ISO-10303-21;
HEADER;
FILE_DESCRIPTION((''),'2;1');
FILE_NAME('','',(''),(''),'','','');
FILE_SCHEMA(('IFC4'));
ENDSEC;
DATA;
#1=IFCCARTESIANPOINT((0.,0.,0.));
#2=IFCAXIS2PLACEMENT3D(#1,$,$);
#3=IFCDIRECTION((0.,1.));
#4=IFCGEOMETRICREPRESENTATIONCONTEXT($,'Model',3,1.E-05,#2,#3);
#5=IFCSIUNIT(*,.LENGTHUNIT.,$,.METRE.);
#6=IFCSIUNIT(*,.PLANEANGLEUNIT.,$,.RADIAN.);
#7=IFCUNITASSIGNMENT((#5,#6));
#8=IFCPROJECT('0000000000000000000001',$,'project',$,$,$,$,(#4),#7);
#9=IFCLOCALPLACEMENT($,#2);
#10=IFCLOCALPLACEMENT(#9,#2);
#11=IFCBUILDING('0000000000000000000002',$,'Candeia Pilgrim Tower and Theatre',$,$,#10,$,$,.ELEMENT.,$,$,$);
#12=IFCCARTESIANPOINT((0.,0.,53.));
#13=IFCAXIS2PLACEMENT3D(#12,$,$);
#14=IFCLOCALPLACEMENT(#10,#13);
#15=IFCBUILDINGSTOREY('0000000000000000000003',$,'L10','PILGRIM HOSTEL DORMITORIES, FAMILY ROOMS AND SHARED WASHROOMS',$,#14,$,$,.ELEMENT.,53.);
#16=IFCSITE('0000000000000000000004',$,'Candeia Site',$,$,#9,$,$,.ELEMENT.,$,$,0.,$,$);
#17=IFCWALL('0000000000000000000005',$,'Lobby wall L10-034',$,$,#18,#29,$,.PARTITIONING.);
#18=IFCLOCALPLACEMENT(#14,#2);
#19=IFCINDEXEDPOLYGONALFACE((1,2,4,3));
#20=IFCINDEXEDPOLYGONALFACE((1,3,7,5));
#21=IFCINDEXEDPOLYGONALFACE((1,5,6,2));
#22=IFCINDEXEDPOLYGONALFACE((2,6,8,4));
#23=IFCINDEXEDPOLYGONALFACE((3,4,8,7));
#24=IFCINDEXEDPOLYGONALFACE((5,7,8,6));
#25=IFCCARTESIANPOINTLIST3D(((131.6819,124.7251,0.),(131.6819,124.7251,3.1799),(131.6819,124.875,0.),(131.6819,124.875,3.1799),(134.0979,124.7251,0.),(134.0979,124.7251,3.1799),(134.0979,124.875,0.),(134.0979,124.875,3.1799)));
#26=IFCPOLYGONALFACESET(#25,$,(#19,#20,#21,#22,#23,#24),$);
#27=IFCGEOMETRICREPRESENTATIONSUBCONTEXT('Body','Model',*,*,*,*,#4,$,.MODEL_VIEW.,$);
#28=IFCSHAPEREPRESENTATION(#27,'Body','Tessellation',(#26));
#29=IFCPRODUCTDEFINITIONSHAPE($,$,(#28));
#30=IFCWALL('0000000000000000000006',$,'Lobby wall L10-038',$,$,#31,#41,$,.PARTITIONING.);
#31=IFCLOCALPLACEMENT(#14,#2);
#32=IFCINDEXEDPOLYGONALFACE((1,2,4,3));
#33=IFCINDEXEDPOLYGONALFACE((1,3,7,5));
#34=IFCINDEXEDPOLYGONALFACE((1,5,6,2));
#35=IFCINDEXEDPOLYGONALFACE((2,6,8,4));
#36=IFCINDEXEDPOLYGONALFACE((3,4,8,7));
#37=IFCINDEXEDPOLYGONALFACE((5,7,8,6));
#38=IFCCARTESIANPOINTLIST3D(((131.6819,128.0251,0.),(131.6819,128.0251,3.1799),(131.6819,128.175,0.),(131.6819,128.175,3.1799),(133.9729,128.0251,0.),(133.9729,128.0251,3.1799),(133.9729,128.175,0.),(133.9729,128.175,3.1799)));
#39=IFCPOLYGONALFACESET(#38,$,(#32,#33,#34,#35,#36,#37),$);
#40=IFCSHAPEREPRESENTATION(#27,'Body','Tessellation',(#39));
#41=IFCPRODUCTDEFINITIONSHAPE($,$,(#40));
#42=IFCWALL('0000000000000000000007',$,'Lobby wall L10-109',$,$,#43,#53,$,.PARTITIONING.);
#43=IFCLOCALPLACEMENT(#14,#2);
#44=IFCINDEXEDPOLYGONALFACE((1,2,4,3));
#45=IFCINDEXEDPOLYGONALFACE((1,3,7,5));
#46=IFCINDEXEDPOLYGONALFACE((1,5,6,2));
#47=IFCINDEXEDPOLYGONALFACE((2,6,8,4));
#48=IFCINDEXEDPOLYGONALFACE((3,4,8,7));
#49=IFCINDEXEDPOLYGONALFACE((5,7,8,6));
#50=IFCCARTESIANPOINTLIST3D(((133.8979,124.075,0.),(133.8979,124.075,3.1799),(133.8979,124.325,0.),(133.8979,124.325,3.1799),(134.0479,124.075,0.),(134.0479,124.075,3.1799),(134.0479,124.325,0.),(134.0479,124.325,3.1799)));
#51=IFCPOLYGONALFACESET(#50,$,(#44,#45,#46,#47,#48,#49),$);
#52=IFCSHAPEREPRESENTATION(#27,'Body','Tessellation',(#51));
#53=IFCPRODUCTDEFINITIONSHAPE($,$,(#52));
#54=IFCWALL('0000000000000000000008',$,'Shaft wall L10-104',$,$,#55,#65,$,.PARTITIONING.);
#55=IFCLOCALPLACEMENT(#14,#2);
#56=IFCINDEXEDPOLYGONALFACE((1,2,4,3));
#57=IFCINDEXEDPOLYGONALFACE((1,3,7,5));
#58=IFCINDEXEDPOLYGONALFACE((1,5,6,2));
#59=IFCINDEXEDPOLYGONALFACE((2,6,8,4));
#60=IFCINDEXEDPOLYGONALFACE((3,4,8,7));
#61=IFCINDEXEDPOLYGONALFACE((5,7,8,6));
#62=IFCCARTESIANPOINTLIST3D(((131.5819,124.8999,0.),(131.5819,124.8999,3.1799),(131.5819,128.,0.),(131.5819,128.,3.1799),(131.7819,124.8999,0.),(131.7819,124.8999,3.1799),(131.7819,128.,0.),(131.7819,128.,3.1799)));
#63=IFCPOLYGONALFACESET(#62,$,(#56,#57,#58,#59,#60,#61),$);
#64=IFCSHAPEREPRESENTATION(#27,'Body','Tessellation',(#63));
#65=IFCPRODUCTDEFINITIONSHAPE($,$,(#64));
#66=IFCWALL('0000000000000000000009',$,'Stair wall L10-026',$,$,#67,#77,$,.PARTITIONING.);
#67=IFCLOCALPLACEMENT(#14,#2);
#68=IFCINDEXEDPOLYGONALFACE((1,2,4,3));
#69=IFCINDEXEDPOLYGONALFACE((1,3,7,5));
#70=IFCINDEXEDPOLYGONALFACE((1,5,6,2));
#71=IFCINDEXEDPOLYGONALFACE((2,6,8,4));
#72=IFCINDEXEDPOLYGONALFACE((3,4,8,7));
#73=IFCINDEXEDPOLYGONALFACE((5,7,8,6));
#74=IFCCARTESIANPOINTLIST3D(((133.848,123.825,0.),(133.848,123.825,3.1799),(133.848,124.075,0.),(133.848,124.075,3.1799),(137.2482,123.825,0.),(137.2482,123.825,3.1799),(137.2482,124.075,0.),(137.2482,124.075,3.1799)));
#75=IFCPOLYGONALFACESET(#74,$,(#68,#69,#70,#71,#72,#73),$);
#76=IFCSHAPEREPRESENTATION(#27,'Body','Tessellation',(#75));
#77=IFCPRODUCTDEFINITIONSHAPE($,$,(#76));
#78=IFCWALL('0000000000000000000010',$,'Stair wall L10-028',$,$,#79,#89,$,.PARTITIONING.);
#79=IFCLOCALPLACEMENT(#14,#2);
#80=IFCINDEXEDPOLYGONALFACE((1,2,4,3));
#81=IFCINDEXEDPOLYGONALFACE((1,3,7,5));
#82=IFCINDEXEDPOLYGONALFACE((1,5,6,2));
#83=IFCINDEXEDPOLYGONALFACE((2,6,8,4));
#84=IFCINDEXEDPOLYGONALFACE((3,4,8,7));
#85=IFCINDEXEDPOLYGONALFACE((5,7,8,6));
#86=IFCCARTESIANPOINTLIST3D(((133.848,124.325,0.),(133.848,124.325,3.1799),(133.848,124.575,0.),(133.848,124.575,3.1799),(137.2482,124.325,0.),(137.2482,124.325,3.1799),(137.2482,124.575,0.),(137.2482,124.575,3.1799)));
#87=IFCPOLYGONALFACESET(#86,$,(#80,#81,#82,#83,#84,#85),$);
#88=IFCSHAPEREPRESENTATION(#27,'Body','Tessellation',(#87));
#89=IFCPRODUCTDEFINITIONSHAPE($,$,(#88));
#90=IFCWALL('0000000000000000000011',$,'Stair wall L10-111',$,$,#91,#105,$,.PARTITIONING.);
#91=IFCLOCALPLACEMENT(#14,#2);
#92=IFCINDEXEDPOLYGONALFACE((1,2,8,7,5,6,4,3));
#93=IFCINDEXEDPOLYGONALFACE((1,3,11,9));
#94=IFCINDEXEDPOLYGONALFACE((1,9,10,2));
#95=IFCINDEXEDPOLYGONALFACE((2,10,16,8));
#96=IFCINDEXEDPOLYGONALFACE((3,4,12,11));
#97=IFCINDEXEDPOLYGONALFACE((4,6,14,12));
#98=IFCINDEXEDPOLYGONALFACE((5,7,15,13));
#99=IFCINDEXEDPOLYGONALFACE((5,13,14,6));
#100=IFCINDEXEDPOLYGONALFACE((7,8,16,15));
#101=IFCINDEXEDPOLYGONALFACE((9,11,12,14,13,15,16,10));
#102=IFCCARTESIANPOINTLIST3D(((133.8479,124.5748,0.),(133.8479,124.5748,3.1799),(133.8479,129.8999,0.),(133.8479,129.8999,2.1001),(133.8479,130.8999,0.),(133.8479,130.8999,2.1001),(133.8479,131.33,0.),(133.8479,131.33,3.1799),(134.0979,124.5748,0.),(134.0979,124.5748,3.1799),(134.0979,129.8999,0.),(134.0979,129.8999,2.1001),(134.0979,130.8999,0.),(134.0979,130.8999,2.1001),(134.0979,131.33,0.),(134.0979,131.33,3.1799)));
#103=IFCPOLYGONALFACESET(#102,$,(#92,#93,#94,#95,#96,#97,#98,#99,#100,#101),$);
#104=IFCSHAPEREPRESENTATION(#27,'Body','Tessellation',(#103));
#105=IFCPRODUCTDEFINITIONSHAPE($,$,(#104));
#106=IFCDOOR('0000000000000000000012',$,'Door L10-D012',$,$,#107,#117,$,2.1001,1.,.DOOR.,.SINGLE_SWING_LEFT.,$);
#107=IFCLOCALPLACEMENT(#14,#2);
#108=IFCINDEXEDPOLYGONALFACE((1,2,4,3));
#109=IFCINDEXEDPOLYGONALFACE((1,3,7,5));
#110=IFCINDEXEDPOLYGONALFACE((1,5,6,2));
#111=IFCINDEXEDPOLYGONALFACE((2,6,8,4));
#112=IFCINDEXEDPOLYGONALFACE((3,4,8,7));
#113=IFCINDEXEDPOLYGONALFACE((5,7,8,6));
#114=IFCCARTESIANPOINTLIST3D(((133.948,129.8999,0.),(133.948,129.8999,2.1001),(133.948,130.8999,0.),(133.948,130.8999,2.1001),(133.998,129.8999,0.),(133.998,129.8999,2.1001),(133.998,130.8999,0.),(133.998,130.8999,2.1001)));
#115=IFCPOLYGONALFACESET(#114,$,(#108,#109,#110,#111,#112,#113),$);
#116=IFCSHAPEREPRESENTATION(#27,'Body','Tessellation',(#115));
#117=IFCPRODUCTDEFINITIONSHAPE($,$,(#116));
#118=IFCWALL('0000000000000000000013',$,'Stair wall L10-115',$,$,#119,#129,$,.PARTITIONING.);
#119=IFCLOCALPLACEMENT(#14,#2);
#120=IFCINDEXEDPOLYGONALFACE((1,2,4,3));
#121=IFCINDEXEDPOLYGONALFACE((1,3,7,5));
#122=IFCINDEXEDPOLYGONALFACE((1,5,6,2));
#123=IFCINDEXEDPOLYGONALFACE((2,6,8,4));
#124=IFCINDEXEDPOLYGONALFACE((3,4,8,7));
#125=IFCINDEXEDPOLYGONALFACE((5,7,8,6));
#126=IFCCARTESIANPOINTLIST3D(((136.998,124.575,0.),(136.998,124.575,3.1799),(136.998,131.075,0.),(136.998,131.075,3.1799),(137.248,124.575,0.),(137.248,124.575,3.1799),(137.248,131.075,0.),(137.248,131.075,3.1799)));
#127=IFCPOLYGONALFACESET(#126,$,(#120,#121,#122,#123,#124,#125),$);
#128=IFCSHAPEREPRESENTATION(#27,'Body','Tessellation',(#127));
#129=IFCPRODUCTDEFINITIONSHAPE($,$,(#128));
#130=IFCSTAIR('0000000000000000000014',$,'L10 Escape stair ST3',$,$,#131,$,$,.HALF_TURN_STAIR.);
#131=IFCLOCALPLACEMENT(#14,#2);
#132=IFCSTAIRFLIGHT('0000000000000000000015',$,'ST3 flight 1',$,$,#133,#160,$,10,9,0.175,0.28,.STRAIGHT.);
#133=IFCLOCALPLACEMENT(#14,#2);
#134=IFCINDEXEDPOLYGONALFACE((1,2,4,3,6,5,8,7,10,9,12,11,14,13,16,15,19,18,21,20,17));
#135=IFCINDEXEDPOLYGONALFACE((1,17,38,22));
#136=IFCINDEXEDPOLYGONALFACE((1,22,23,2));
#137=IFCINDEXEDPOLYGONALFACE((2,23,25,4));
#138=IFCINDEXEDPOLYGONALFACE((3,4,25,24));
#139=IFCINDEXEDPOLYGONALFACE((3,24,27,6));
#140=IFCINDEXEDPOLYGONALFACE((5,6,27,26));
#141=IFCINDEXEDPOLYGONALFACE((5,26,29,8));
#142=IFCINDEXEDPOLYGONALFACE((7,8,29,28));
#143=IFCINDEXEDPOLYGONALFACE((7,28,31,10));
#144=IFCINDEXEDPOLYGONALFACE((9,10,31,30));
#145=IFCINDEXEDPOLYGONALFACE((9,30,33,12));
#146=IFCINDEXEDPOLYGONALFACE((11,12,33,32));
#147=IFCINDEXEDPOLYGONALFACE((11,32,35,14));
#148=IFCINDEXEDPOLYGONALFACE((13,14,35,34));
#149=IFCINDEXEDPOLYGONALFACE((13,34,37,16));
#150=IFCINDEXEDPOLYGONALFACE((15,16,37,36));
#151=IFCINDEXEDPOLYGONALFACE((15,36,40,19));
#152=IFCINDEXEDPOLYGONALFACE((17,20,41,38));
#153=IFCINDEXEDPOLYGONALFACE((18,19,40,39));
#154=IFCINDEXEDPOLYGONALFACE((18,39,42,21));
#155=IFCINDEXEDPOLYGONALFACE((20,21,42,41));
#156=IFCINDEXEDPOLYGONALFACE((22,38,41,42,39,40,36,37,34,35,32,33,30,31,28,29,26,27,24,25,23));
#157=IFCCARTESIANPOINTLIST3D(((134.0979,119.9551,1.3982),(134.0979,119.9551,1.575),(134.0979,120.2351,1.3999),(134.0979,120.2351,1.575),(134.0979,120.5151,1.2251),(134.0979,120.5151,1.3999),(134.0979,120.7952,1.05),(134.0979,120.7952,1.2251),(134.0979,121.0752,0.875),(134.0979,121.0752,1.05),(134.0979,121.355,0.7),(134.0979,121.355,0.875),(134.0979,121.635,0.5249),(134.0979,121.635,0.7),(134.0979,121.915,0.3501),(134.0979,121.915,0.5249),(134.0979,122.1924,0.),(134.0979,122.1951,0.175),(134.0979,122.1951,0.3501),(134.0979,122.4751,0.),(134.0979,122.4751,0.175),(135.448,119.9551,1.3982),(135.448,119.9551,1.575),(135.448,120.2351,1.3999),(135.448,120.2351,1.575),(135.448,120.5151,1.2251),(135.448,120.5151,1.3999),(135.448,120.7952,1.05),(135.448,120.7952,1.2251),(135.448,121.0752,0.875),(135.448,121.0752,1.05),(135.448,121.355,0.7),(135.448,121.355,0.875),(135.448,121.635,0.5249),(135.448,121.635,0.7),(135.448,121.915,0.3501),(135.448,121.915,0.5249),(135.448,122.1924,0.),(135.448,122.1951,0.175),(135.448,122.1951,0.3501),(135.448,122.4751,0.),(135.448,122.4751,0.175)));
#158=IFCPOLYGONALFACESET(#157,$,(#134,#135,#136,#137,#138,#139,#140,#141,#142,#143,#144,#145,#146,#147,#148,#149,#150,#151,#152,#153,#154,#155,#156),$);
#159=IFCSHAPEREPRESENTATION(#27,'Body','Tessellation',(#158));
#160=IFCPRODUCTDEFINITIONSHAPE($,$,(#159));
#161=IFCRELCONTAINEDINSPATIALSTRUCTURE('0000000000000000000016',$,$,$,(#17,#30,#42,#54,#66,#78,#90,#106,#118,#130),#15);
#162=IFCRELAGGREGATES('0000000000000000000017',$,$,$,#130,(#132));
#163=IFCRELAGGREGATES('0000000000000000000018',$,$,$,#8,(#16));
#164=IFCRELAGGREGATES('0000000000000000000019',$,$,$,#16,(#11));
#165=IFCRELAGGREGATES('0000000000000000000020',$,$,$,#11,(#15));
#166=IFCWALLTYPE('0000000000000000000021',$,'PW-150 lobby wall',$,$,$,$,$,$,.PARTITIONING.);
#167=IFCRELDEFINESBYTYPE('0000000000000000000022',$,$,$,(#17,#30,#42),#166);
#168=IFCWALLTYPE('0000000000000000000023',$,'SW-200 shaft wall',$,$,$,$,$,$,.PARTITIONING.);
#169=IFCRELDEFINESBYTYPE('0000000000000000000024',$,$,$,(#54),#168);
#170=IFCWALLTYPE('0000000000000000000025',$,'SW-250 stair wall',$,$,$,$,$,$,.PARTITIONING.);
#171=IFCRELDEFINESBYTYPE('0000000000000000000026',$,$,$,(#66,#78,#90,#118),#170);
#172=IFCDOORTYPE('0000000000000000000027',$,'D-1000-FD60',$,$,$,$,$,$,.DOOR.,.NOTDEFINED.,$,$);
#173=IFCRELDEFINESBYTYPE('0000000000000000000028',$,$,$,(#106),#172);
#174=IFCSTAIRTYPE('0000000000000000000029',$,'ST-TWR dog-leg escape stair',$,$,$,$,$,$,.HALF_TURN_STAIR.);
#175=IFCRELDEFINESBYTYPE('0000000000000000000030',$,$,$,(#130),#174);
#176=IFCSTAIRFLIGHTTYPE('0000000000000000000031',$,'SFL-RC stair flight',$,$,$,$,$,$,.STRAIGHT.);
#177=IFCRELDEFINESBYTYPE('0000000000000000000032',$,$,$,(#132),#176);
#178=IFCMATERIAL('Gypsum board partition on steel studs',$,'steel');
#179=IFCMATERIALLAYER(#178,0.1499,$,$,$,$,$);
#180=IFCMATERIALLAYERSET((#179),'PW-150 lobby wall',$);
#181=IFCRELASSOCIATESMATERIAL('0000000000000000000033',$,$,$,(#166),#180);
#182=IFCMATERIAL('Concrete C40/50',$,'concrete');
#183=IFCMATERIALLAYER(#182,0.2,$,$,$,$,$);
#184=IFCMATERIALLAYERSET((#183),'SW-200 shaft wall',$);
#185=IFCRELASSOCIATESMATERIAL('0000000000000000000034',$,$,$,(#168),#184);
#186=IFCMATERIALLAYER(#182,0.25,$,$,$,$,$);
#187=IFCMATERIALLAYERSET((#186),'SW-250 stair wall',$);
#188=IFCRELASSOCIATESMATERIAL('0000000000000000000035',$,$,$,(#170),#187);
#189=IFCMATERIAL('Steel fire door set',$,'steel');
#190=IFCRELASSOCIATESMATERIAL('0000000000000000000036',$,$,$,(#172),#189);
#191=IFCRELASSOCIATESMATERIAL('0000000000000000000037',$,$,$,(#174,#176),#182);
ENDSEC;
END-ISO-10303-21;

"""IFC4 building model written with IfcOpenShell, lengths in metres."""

from ifc_helpers import new_model, si_unit, direction, frame, frame_2d, origin, place, context, subcontext, project, spatial, polyline, rectangle, outline, extrude, material, layer, layer_set, type_object, element, fill, aggregate, save


model = new_model("IFC4")

# Units and contexts
model_context = context("Model", 3, precision=1e-05, world=origin(), true_north=direction((0.0, 1.0)))
body_context = subcontext(model_context, "Body", "Model", "MODEL_VIEW")
ifc_project = project(units=[si_unit("LENGTHUNIT", "METRE"), si_unit("PLANEANGLEUNIT", "RADIAN")], contexts=[model_context])

# Site, building, storey
site_placement = place(None, origin())
site = spatial("IfcSite", under=ifc_project, at=site_placement, Name="Candeia Site", CompositionType="ELEMENT", RefElevation=0.0)
building_placement = place(site_placement, origin())
building = spatial("IfcBuilding", under=site, at=building_placement, Name="Candeia Pilgrim Tower and Theatre", CompositionType="ELEMENT")
storey_placement = place(building_placement, frame((0.0, 0.0, 53.0)))
storey = spatial("IfcBuildingStorey", under=building, at=storey_placement, Name="L10", Description="PILGRIM HOSTEL DORMITORIES, FAMILY ROOMS AND SHARED WASHROOMS", CompositionType="ELEMENT", Elevation=53.0)

# Walls
ifc_material_1 = material(Name="Gypsum board partition on steel studs", Category="steel")
ifc_layer_1 = layer(ifc_material_1, 0.1499)
ifc_layer_set_1 = layer_set([ifc_layer_1], Name="PW-150 lobby wall")
wall_type_1 = type_object("IfcWallType", Name="PW-150 lobby wall", PredefinedType="PARTITIONING", material=ifc_layer_set_1)
wall_1_placement = place(storey_placement, frame((131.6819, 124.8, 0.0), z_axis=(0.0, 0.0, 1.0), x_axis=(1.0, 0.0, 0.0)))
element("IfcWall", 1, at=wall_1_placement, inside=storey, type_object=wall_type_1, Name="Lobby wall L10-034", PredefinedType="PARTITIONING", context=body_context, shape_type="SweptSolid", body=[
    extrude(rectangle(XDim=2.416, YDim=0.1499, at=frame_2d((1.208, 0.0))), origin(), (0.0, 0.0, 1.0), 3.1799),
])
wall_2_placement = place(storey_placement, frame((131.6819, 128.1001, 0.0), z_axis=(0.0, 0.0, 1.0), x_axis=(1.0, 0.0, 0.0)))
element("IfcWall", 2, at=wall_2_placement, inside=storey, type_object=wall_type_1, Name="Lobby wall L10-038", PredefinedType="PARTITIONING", context=body_context, shape_type="SweptSolid", body=[
    extrude(rectangle(XDim=2.291, YDim=0.1499, at=frame_2d((1.1455, 0.0))), origin(), (0.0, 0.0, 1.0), 3.1799),
])
wall_3_placement = place(storey_placement, frame((133.9729, 124.075, 0.0), z_axis=(0.0, 0.0, 1.0), x_axis=(0.0, 1.0, 0.0)))
element("IfcWall", 3, at=wall_3_placement, inside=storey, type_object=wall_type_1, Name="Lobby wall L10-109", PredefinedType="PARTITIONING", context=body_context, shape_type="SweptSolid", body=[
    extrude(rectangle(XDim=0.25, YDim=0.1499, at=frame_2d((0.125, 0.0))), origin(), (0.0, 0.0, 1.0), 3.1799),
])
ifc_material_2 = material(Name="Concrete C40/50", Category="concrete")
ifc_layer_2 = layer(ifc_material_2, 0.2)
ifc_layer_set_2 = layer_set([ifc_layer_2], Name="SW-200 shaft wall")
wall_type_2 = type_object("IfcWallType", Name="SW-200 shaft wall", PredefinedType="PARTITIONING", material=ifc_layer_set_2)
wall_4_placement = place(storey_placement, frame((131.6819, 124.8999, 0.0), z_axis=(0.0, 0.0, 1.0), x_axis=(0.0, 1.0, 0.0)))
element("IfcWall", 4, at=wall_4_placement, inside=storey, type_object=wall_type_2, Name="Shaft wall L10-104", PredefinedType="PARTITIONING", context=body_context, shape_type="SweptSolid", body=[
    extrude(rectangle(XDim=3.1001, YDim=0.2, at=frame_2d((1.55, 0.0))), origin(), (0.0, 0.0, 1.0), 3.1799),
])
ifc_layer_3 = layer(ifc_material_2, 0.25)
ifc_layer_set_3 = layer_set([ifc_layer_3], Name="SW-250 stair wall")
wall_type_3 = type_object("IfcWallType", Name="SW-250 stair wall", PredefinedType="PARTITIONING", material=ifc_layer_set_3)
for number, where, z_axis, x_axis, name in (
    (5, (133.8479, 123.95, 0.0), (0.0, 0.0, 1.0), (1.0, 0.0, 0.0), "Stair wall L10-026"),
    (6, (133.8479, 124.45, 0.0), (0.0, 0.0, 1.0), (1.0, 0.0, 0.0), "Stair wall L10-028"),
):
    element("IfcWall", number, at=place(storey_placement, frame(where, z_axis=z_axis, x_axis=x_axis)), inside=storey, type_object=wall_type_3, Name=name, PredefinedType="PARTITIONING", context=body_context, shape_type="SweptSolid", body=[
        extrude(rectangle(XDim=3.4001, YDim=0.25, at=frame_2d((1.7002, 0.0))), origin(), (0.0, 0.0, 1.0), 3.1799),
    ])

# Wall, opening, door
wall_5_placement = place(storey_placement, frame((133.9729, 124.575, 0.0), z_axis=(0.0, 0.0, 1.0), x_axis=(0.0, 1.0, 0.0)))
wall_5 = element("IfcWall", 7, at=wall_5_placement, inside=storey, type_object=wall_type_3, Name="Stair wall L10-111", PredefinedType="PARTITIONING", context=body_context, shape_type="SweptSolid", body=[
    extrude(rectangle(XDim=6.7551, YDim=0.25, at=frame_2d((3.3774, 0.0))), origin(), (0.0, 0.0, 1.0), 3.1799),
])
opening_placement = place(wall_5_placement, frame((5.325, 0.0, 0.0)))
opening = element("IfcOpeningElement", 8, at=opening_placement, cuts=wall_5, PredefinedType="OPENING", context=body_context, shape_type="SweptSolid", body=[
    extrude(rectangle(XDim=1.0, YDim=2.1001, at=frame_2d((0.5, 1.05))), frame((0.0, 0.135, 0.0), z_axis=(0.0, -1.0, 0.0), x_axis=(1.0, 0.0, 0.0)), (0.0, 0.0, 1.0), 0.27),
])
ifc_material_3 = material(Name="Steel fire door set", Category="steel")
door_type = type_object("IfcDoorType", Name="D-1000-FD60", OperationType="NOTDEFINED", PredefinedType="DOOR", material=ifc_material_3)
door_placement = place(opening_placement, origin())
door = element("IfcDoor", 9, at=door_placement, inside=storey, type_object=door_type, Name="Door L10-D012", OperationType="SINGLE_SWING_LEFT", OverallHeight=2.1001, OverallWidth=1.0, PredefinedType="DOOR", context=body_context, shape_type="SweptSolid", body=[
    extrude(rectangle(XDim=1.0, YDim=2.1001, at=frame_2d((0.5, 1.05))), frame((0.0, 0.0249, 0.0), z_axis=(0.0, -1.0, 0.0), x_axis=(1.0, 0.0, 0.0)), (0.0, 0.0, 1.0), 0.05),
])
fill(opening, door)

# Wall
wall_6_placement = place(storey_placement, frame((137.123, 124.575, 0.0), z_axis=(0.0, 0.0, 1.0), x_axis=(0.0, 1.0, 0.0)))
element("IfcWall", 10, at=wall_6_placement, inside=storey, type_object=wall_type_3, Name="Stair wall L10-115", PredefinedType="PARTITIONING", context=body_context, shape_type="SweptSolid", body=[
    extrude(rectangle(XDim=6.5, YDim=0.25, at=frame_2d((3.25, 0.0))), origin(), (0.0, 0.0, 1.0), 3.1799),
])

# Stair, stair flight
stair_type = type_object("IfcStairType", Name="ST-TWR dog-leg escape stair", PredefinedType="HALF_TURN_STAIR", material=ifc_material_2)
stair_1_placement = place(storey_placement, origin())
stair_1 = element("IfcStair", 11, at=stair_1_placement, inside=storey, type_object=stair_type, Name="L10 Escape stair ST3", PredefinedType="HALF_TURN_STAIR")
stair_flight_type = type_object("IfcStairFlightType", Name="SFL-RC stair flight", PredefinedType="STRAIGHT", material=ifc_material_2)
stair_flight_1_placement = place(storey_placement, frame((134.7729, 122.4751, 0.0), z_axis=(0.0, 0.0, 1.0), x_axis=(0.0, -1.0, 0.0)))
stair_flight_1 = element("IfcStairFlight", 12, at=stair_flight_1_placement, type_object=stair_flight_type, Name="ST3 flight 1", NumberOfRisers=10, NumberOfTreads=9, PredefinedType="STRAIGHT", RiserHeight=0.175, TreadLength=0.28, context=body_context, shape_type="SweptSolid", body=[
    extrude(outline(polyline([(0.0, 0.0), (0.0, 0.175), (0.28, 0.175), (0.28, 0.3501), (0.5601, 0.3501), (0.5601, 0.5249), (0.8401, 0.5249), (0.8401, 0.7), (1.1201, 0.7), (1.1201, 0.875), (1.3999, 0.875), (1.3999, 1.05), (1.6799, 1.05), (1.6799, 1.2251), (1.96, 1.2251), (1.96, 1.3999), (2.24, 1.3999), (2.24, 1.575), (2.52, 1.575), (2.52, 1.75), (2.52, 1.3982), (0.2827, 0.0), (0.0, 0.0)])), frame((0.0, 0.675, 0.0), z_axis=(0.0, -1.0, 0.0), x_axis=(1.0, 0.0, 0.0)), (0.0, 0.0, 1.0), 1.3501),
])
aggregate(stair_1, [stair_flight_1])

save(model, "model.ifc")
